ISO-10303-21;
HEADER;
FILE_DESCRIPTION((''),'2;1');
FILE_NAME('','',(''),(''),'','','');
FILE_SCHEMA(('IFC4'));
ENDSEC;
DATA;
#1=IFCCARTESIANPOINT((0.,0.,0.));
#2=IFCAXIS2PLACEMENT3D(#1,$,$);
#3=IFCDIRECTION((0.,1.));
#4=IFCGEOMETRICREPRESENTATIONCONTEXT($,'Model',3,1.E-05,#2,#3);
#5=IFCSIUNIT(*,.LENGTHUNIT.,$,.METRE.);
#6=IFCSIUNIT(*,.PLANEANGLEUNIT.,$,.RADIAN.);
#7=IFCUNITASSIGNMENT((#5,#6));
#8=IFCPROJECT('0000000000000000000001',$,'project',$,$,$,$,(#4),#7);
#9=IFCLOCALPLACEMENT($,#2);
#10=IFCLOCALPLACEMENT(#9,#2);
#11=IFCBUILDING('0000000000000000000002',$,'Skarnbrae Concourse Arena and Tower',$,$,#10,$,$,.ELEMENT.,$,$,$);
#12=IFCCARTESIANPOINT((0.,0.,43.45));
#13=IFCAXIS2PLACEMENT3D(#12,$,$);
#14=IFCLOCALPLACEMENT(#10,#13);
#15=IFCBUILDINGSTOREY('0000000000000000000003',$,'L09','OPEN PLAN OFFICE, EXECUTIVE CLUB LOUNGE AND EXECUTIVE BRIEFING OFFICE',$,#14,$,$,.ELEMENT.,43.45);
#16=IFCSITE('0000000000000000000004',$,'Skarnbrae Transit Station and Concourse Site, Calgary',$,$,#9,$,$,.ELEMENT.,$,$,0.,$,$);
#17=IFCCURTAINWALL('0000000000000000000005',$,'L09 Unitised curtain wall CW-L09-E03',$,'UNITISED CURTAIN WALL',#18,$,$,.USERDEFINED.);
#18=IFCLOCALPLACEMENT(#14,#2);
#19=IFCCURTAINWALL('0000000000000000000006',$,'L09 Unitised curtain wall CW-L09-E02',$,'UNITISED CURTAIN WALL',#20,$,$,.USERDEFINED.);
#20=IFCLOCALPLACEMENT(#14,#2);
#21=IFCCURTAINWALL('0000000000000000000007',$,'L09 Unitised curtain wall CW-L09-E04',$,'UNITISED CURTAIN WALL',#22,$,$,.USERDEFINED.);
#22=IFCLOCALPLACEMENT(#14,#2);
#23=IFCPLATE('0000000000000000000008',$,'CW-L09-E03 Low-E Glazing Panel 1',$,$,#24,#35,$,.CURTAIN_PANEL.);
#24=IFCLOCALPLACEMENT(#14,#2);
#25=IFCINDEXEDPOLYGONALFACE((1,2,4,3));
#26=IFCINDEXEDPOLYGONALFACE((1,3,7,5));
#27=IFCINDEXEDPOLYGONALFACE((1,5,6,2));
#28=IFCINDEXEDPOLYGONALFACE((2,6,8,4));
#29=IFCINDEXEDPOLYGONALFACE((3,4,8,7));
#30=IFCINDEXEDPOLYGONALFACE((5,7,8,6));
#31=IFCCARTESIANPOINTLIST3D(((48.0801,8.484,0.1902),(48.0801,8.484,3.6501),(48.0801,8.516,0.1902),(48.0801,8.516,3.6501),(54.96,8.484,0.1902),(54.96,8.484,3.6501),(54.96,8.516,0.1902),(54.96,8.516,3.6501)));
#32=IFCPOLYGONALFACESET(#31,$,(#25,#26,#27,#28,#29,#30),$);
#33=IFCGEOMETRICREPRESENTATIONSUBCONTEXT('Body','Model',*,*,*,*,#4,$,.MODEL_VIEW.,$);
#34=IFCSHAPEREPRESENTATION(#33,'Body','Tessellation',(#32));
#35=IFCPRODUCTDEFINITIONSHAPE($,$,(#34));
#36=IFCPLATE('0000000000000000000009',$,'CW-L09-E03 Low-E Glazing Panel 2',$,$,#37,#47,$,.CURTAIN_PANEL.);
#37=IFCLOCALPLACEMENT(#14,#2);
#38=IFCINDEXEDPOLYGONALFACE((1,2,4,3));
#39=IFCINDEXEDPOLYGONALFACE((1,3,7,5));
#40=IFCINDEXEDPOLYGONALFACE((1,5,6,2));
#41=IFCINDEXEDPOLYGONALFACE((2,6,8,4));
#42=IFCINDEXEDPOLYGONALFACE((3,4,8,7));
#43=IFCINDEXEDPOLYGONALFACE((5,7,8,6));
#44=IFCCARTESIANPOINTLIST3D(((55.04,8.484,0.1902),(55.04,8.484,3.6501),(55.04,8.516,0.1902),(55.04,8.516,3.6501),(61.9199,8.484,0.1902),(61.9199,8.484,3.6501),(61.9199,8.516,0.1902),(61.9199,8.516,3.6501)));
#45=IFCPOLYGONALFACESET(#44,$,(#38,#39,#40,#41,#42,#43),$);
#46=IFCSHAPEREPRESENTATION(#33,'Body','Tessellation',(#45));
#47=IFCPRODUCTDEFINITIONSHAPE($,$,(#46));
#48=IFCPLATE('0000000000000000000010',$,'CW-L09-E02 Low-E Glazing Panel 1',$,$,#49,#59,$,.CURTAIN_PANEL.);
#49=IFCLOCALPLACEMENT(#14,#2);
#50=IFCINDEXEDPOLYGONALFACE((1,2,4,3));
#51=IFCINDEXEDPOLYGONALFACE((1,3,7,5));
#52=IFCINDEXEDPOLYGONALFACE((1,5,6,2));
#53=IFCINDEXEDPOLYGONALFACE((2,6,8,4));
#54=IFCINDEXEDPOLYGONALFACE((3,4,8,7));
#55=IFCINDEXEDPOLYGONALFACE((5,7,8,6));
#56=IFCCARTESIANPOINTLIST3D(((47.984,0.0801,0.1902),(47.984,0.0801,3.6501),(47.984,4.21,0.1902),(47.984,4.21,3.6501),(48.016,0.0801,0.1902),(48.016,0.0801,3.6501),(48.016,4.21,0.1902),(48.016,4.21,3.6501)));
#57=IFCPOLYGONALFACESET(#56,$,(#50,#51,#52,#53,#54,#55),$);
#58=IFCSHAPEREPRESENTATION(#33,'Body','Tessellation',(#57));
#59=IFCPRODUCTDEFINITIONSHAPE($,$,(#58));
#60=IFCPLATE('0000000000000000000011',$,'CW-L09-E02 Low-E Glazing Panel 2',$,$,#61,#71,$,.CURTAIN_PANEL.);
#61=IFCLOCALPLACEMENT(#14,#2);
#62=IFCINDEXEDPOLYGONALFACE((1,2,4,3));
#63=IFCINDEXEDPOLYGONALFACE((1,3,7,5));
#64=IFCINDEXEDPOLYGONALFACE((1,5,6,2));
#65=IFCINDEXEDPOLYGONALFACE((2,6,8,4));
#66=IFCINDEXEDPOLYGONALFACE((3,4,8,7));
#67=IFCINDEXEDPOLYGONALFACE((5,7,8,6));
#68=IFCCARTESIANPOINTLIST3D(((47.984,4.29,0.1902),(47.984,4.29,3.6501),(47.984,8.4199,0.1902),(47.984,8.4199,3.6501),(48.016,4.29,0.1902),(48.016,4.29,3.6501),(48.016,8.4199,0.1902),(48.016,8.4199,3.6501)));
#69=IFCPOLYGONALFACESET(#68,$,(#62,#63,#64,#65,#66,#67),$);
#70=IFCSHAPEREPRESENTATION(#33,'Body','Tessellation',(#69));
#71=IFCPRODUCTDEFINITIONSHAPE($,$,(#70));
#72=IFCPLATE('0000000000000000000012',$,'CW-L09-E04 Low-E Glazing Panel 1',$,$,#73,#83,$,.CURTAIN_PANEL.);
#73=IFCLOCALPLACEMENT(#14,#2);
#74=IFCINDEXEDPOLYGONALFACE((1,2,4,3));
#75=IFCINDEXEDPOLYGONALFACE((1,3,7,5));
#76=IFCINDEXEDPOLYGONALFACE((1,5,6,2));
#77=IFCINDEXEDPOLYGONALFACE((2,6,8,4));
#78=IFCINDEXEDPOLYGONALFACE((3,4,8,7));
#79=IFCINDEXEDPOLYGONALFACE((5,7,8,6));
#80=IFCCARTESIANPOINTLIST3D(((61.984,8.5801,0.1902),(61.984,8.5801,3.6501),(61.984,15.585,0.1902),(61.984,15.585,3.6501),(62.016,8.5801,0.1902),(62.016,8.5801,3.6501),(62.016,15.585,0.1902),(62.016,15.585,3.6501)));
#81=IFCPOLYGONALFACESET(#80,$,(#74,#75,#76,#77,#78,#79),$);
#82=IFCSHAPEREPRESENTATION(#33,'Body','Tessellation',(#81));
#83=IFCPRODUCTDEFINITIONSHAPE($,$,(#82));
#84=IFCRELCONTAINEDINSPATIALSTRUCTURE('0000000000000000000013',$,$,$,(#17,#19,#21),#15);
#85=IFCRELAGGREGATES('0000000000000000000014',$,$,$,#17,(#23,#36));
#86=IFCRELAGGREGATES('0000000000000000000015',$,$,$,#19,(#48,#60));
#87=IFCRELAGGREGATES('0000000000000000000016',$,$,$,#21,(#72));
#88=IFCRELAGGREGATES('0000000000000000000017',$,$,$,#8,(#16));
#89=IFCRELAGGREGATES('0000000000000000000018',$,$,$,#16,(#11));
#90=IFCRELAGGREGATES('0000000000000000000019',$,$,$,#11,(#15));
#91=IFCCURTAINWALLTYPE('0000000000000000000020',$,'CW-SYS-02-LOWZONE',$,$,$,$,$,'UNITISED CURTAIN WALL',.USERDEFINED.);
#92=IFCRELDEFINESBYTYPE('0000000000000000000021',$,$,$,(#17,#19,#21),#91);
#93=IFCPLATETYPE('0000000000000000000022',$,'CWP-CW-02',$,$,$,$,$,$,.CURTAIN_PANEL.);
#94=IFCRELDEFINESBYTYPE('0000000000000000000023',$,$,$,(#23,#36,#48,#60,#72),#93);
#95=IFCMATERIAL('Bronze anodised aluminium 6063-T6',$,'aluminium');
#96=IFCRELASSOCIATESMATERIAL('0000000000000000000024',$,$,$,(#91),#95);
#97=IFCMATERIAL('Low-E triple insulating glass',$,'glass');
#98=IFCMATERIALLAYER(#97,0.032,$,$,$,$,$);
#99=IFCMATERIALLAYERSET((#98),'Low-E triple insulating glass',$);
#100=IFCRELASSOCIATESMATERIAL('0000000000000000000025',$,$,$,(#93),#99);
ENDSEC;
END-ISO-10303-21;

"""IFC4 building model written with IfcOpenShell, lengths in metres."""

from ifc_helpers import new_model, si_unit, direction, frame, origin, origin_2d, place, context, subcontext, project, spatial, rectangle, extrude, source, transform, mapped, material, layer, layer_set, type_object, element, aggregate, save


model = new_model("IFC4")

# Units and contexts
model_context = context("Model", 3, precision=1e-05, world=origin(), true_north=direction((0.0, 1.0)))
body_context = subcontext(model_context, "Body", "Model", "MODEL_VIEW")
ifc_project = project(units=[si_unit("LENGTHUNIT", "METRE"), si_unit("PLANEANGLEUNIT", "RADIAN")], contexts=[model_context])

# Site, building, storey
site_placement = place(None, origin())
site = spatial("IfcSite", under=ifc_project, at=site_placement, Name="Skarnbrae Transit Station and Concourse Site, Calgary", CompositionType="ELEMENT", RefElevation=0.0)
building_placement = place(site_placement, origin())
building = spatial("IfcBuilding", under=site, at=building_placement, Name="Skarnbrae Concourse Arena and Tower", CompositionType="ELEMENT")
storey_placement = place(building_placement, frame((0.0, 0.0, 43.45)))
storey = spatial("IfcBuildingStorey", under=building, at=storey_placement, Name="L09", Description="OPEN PLAN OFFICE, EXECUTIVE CLUB LOUNGE AND EXECUTIVE BRIEFING OFFICE", CompositionType="ELEMENT", Elevation=43.45)

# Curtain walls
ifc_material_1 = material(Name="Bronze anodised aluminium 6063-T6", Category="aluminium")
curtain_wall_type = type_object("IfcCurtainWallType", Name="CW-SYS-02-LOWZONE", ElementType="UNITISED CURTAIN WALL", PredefinedType="USERDEFINED", material=ifc_material_1)
curtain_wall_1_placement = place(storey_placement, origin())
curtain_wall_1 = element("IfcCurtainWall", 1, at=curtain_wall_1_placement, inside=storey, type_object=curtain_wall_type, Name="L09 Unitised curtain wall CW-L09-E03", ObjectType="UNITISED CURTAIN WALL", PredefinedType="USERDEFINED")
curtain_wall_2_placement = place(storey_placement, origin())
curtain_wall_2 = element("IfcCurtainWall", 2, at=curtain_wall_2_placement, inside=storey, type_object=curtain_wall_type, Name="L09 Unitised curtain wall CW-L09-E02", ObjectType="UNITISED CURTAIN WALL", PredefinedType="USERDEFINED")

# Curtain wall
curtain_wall_3_placement = place(storey_placement, origin())
curtain_wall_3 = element("IfcCurtainWall", 3, at=curtain_wall_3_placement, inside=storey, type_object=curtain_wall_type, Name="L09 Unitised curtain wall CW-L09-E04", ObjectType="UNITISED CURTAIN WALL", PredefinedType="USERDEFINED")

# Plates
ifc_material_2 = material(Name="Low-E triple insulating glass", Category="glass")
ifc_layer = layer(ifc_material_2, 0.032)
ifc_layer_set = layer_set([ifc_layer], Name="Low-E triple insulating glass")
plate_type = type_object("IfcPlateType", Name="CWP-CW-02", PredefinedType="CURTAIN_PANEL", material=ifc_layer_set)
shared_shape_1 = source(origin(), body_context, "Body", "SweptSolid", [
    extrude(rectangle(XDim=6.8799, YDim=0.032, at=origin_2d()), origin(), (0.0, 0.0, 1.0), 3.46),
])
plate_1_placement = place(storey_placement, frame((51.52, 8.5, 0.1902), z_axis=(0.0, 0.0, 1.0), x_axis=(1.0, 0.0, 0.0)))
plate_1 = element("IfcPlate", 4, at=plate_1_placement, type_object=plate_type, Name="CW-L09-E03 Low-E Glazing Panel 1", PredefinedType="CURTAIN_PANEL", context=body_context, shape_type="MappedRepresentation", body=[
    mapped(shared_shape_1, transform((0.0, 0.0, 0.0))),
])
plate_2_placement = place(storey_placement, frame((58.48, 8.5, 0.1902), z_axis=(0.0, 0.0, 1.0), x_axis=(1.0, 0.0, 0.0)))
plate_2 = element("IfcPlate", 5, at=plate_2_placement, type_object=plate_type, Name="CW-L09-E03 Low-E Glazing Panel 2", PredefinedType="CURTAIN_PANEL", context=body_context, shape_type="MappedRepresentation", body=[
    mapped(shared_shape_1, transform((0.0, 0.0, 0.0))),
])
aggregate(curtain_wall_1, [plate_1, plate_2])
shared_shape_2 = source(origin(), body_context, "Body", "SweptSolid", [
    extrude(rectangle(XDim=4.1299, YDim=0.032, at=origin_2d()), origin(), (0.0, 0.0, 1.0), 3.46),
])
plate_3_placement = place(storey_placement, frame((48.0, 2.145, 0.1902), z_axis=(0.0, 0.0, 1.0), x_axis=(0.0, 1.0, 0.0)))
plate_3 = element("IfcPlate", 6, at=plate_3_placement, type_object=plate_type, Name="CW-L09-E02 Low-E Glazing Panel 1", PredefinedType="CURTAIN_PANEL", context=body_context, shape_type="MappedRepresentation", body=[
    mapped(shared_shape_2, transform((0.0, 0.0, 0.0))),
])
plate_4_placement = place(storey_placement, frame((48.0, 6.355, 0.1902), z_axis=(0.0, 0.0, 1.0), x_axis=(0.0, 1.0, 0.0)))
plate_4 = element("IfcPlate", 7, at=plate_4_placement, type_object=plate_type, Name="CW-L09-E02 Low-E Glazing Panel 2", PredefinedType="CURTAIN_PANEL", context=body_context, shape_type="MappedRepresentation", body=[
    mapped(shared_shape_2, transform((0.0, 0.0, 0.0))),
])
aggregate(curtain_wall_2, [plate_3, plate_4])
shared_shape_3 = source(origin(), body_context, "Body", "SweptSolid", [
    extrude(rectangle(XDim=7.0049, YDim=0.032, at=origin_2d()), origin(), (0.0, 0.0, 1.0), 3.46),
])
plate_5_placement = place(storey_placement, frame((62.0, 12.0825, 0.1902), z_axis=(0.0, 0.0, 1.0), x_axis=(0.0, 1.0, 0.0)))
plate_5 = element("IfcPlate", 8, at=plate_5_placement, type_object=plate_type, Name="CW-L09-E04 Low-E Glazing Panel 1", PredefinedType="CURTAIN_PANEL", context=body_context, shape_type="MappedRepresentation", body=[
    mapped(shared_shape_3, transform((0.0, 0.0, 0.0))),
])
aggregate(curtain_wall_3, [plate_5])

save(model, "model.ifc")
